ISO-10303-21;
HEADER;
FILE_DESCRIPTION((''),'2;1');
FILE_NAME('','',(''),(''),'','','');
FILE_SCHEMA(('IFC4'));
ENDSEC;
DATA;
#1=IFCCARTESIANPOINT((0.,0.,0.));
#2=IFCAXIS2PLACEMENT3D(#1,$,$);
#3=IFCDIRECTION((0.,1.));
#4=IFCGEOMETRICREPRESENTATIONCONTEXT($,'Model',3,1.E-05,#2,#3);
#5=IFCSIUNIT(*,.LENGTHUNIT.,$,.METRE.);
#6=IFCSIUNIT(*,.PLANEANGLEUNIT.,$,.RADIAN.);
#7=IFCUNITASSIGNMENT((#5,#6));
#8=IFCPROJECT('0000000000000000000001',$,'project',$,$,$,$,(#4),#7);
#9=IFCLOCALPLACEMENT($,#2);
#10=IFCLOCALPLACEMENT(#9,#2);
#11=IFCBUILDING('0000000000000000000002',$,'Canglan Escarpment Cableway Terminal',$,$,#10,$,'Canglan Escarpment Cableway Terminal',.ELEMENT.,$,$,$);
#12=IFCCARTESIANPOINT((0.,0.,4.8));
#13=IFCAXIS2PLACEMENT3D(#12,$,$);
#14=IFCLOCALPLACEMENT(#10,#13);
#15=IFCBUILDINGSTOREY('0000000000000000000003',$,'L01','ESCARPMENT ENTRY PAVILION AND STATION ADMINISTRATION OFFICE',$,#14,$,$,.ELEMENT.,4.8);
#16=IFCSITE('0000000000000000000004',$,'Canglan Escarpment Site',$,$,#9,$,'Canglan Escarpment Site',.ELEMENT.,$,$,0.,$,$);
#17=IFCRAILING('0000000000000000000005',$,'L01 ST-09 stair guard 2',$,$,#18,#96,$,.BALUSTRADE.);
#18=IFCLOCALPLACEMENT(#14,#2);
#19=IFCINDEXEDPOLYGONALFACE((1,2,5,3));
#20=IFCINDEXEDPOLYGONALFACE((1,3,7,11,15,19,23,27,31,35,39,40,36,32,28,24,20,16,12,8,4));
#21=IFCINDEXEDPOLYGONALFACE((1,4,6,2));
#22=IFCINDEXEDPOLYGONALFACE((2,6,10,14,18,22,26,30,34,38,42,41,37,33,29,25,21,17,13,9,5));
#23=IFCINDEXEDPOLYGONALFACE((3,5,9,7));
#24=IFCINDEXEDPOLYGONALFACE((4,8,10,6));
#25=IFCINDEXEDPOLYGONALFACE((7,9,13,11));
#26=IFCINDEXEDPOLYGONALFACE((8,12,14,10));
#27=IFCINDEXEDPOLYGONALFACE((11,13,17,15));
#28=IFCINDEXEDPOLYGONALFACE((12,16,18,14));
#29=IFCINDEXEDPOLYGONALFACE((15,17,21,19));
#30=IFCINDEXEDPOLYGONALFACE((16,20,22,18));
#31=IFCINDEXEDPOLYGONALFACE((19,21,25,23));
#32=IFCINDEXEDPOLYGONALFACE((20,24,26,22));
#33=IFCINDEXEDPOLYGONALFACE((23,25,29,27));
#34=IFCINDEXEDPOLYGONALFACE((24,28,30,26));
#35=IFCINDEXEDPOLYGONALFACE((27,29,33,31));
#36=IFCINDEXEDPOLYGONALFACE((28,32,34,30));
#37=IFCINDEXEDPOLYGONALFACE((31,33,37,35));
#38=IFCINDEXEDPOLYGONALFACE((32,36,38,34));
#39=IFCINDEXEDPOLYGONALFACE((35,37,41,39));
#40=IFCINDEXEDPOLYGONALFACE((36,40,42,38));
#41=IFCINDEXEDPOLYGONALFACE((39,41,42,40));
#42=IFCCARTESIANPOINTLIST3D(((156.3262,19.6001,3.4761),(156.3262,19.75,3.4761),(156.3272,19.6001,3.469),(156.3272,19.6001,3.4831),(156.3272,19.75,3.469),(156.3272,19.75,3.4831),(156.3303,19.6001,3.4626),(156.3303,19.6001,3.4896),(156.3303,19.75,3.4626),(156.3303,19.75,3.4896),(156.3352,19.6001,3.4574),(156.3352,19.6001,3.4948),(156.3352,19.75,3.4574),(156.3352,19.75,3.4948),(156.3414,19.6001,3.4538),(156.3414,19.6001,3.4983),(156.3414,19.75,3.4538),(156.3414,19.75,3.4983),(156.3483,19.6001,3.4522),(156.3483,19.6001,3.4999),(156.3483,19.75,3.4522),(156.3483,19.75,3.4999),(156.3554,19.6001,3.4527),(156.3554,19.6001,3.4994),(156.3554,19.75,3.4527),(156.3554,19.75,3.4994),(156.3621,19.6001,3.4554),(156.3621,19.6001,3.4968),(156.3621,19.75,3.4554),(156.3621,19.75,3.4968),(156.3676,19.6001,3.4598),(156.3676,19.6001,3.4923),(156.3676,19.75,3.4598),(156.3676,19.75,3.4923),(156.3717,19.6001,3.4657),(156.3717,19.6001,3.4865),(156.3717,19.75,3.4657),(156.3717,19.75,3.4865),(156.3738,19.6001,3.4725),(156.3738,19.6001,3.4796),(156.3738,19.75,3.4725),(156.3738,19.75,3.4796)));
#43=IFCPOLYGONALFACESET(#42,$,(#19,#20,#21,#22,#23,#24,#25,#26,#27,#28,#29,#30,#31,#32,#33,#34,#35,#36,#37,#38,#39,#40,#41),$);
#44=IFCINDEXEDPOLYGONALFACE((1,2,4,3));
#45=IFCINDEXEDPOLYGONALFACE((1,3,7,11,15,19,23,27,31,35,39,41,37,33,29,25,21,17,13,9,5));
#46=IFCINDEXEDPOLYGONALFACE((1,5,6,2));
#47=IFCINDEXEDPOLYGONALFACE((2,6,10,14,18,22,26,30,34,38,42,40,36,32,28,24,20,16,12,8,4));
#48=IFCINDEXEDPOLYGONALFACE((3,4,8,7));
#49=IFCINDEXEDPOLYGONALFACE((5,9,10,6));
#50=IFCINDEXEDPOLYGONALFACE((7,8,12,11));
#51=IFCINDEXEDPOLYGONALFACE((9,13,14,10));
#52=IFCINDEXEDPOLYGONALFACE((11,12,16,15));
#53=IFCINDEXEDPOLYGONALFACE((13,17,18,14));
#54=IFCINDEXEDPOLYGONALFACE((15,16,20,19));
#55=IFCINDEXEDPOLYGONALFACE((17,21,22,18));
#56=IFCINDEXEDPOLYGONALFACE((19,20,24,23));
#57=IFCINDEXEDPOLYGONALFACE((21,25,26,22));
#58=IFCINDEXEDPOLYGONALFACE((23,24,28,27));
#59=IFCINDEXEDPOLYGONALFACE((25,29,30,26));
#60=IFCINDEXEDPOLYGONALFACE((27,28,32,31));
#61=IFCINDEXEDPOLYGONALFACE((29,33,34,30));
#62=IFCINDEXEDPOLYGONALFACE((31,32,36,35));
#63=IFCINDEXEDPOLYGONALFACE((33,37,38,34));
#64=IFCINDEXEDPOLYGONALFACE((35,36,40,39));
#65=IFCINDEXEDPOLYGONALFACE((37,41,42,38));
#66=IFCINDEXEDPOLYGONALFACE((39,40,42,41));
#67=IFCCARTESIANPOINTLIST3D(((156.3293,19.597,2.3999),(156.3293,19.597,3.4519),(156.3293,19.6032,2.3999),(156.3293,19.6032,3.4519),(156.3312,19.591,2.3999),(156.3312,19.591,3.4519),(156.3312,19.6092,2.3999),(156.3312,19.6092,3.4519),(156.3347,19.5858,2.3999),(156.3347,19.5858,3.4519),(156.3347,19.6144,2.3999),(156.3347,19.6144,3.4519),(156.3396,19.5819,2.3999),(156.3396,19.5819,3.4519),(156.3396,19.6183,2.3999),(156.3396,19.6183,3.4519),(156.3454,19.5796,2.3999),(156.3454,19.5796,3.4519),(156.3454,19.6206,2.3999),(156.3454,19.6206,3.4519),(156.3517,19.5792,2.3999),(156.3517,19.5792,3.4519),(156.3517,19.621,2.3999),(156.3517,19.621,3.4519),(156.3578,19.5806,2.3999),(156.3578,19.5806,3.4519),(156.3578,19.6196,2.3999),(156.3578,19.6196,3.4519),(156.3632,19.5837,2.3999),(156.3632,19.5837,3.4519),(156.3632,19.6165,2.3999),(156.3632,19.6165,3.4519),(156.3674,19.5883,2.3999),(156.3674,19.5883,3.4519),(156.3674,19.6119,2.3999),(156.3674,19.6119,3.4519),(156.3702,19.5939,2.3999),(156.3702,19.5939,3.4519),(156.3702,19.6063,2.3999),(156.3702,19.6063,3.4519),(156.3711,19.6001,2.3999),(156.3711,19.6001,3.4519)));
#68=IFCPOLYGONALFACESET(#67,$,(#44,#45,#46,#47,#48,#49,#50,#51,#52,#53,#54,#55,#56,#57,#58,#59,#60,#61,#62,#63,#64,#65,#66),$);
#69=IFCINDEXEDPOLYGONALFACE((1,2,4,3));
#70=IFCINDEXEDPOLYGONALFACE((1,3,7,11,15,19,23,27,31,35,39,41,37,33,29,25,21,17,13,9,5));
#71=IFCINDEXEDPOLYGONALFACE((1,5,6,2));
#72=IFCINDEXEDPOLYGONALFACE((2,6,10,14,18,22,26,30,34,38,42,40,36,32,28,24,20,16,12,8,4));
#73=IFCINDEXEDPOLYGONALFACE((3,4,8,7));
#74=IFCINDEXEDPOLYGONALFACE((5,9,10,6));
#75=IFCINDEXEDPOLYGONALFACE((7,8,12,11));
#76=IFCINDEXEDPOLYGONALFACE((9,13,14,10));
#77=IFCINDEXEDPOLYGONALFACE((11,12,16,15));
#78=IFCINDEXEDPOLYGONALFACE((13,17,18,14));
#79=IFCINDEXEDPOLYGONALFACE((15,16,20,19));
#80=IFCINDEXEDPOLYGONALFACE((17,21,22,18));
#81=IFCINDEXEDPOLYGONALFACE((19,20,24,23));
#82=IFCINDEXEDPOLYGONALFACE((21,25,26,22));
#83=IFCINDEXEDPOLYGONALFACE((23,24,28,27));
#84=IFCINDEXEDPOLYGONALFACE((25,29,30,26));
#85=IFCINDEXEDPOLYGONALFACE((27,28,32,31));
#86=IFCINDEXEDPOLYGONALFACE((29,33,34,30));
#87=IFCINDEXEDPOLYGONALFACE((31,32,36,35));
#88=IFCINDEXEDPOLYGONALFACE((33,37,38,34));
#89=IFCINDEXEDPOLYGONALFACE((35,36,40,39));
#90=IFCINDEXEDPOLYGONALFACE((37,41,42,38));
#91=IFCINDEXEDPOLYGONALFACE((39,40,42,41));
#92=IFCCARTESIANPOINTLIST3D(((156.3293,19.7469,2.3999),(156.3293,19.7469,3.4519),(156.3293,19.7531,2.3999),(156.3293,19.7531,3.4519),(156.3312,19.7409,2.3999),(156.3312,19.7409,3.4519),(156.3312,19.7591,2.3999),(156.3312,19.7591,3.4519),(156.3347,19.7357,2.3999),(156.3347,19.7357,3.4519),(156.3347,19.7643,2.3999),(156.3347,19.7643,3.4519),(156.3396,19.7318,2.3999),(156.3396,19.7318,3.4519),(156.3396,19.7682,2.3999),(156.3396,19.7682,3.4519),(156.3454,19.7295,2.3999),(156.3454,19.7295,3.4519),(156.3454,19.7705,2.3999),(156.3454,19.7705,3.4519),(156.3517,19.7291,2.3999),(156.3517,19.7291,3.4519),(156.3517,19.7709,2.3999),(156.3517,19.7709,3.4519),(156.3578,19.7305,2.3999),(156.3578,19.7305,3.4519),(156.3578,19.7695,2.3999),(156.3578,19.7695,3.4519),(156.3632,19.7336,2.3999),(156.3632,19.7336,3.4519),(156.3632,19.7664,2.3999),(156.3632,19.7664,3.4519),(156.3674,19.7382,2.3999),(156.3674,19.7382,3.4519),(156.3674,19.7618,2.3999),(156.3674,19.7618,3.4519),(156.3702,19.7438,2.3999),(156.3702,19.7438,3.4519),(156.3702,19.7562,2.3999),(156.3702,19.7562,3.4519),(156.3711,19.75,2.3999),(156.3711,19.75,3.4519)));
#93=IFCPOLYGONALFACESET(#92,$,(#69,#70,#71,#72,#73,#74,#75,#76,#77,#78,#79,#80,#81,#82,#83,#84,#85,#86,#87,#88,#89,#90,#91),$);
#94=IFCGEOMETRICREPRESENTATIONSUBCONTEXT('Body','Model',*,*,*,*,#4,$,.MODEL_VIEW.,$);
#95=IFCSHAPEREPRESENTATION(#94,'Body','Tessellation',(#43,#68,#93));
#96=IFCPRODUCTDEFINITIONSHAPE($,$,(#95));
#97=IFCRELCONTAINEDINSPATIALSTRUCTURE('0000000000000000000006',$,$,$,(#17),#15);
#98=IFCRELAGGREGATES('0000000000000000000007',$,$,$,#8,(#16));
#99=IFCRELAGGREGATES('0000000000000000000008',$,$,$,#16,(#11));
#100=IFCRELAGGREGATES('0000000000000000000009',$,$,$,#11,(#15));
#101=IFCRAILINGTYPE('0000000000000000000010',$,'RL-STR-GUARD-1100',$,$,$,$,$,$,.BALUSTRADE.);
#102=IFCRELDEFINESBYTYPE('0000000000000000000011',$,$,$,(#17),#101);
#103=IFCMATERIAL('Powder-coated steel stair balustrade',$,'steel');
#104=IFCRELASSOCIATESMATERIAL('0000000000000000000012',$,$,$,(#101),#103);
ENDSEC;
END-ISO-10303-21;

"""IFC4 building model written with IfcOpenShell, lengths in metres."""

from ifc_helpers import new_model, si_unit, direction, frame, origin, origin_2d, place, context, subcontext, project, spatial, circle, extrude, material, type_object, element, save


model = new_model("IFC4")

# Units and contexts
model_context = context("Model", 3, precision=1e-05, world=origin(), true_north=direction((0.0, 1.0)))
body_context = subcontext(model_context, "Body", "Model", "MODEL_VIEW")
ifc_project = project(units=[si_unit("LENGTHUNIT", "METRE"), si_unit("PLANEANGLEUNIT", "RADIAN")], contexts=[model_context])

# Site, building, storey
site_placement = place(None, origin())
site = spatial("IfcSite", under=ifc_project, at=site_placement, Name="Canglan Escarpment Site", LongName="Canglan Escarpment Site", CompositionType="ELEMENT", RefElevation=0.0)
building_placement = place(site_placement, origin())
building = spatial("IfcBuilding", under=site, at=building_placement, Name="Canglan Escarpment Cableway Terminal", LongName="Canglan Escarpment Cableway Terminal", CompositionType="ELEMENT")
storey_placement = place(building_placement, frame((0.0, 0.0, 4.8)))
storey = spatial("IfcBuildingStorey", under=building, at=storey_placement, Name="L01", Description="ESCARPMENT ENTRY PAVILION AND STATION ADMINISTRATION OFFICE", CompositionType="ELEMENT", Elevation=4.8)

# Railing
ifc_material_1 = material(Name="Powder-coated steel stair balustrade", Category="steel")
railing_type_1 = type_object("IfcRailingType", Name="RL-STR-GUARD-1100", PredefinedType="BALUSTRADE", material=ifc_material_1)
railing_1_placement = place(storey_placement, frame((156.3501, 19.6001, 2.3999)))
element("IfcRailing", 1, at=railing_1_placement, inside=storey, type_object=railing_type_1, Name="L01 ST-09 stair guard 2", PredefinedType="BALUSTRADE", context=body_context, shape_type="SweptSolid", body=[
    extrude(circle(Radius=0.0239, at=origin_2d()), frame((0.0, 0.0, 1.0762), z_axis=(0.0, 1.0, 0.0), x_axis=(-1.0, 0.0, 0.0)), (0.0, 0.0, 1.0), 0.1499),
    extrude(circle(Radius=0.021, at=origin_2d()), origin(), (0.0, 0.0, 1.0), 1.052),
    extrude(circle(Radius=0.021, at=origin_2d()), frame((0.0, 0.1499, 0.0)), (0.0, 0.0, 1.0), 1.052),
])

save(model, "model.ifc")
